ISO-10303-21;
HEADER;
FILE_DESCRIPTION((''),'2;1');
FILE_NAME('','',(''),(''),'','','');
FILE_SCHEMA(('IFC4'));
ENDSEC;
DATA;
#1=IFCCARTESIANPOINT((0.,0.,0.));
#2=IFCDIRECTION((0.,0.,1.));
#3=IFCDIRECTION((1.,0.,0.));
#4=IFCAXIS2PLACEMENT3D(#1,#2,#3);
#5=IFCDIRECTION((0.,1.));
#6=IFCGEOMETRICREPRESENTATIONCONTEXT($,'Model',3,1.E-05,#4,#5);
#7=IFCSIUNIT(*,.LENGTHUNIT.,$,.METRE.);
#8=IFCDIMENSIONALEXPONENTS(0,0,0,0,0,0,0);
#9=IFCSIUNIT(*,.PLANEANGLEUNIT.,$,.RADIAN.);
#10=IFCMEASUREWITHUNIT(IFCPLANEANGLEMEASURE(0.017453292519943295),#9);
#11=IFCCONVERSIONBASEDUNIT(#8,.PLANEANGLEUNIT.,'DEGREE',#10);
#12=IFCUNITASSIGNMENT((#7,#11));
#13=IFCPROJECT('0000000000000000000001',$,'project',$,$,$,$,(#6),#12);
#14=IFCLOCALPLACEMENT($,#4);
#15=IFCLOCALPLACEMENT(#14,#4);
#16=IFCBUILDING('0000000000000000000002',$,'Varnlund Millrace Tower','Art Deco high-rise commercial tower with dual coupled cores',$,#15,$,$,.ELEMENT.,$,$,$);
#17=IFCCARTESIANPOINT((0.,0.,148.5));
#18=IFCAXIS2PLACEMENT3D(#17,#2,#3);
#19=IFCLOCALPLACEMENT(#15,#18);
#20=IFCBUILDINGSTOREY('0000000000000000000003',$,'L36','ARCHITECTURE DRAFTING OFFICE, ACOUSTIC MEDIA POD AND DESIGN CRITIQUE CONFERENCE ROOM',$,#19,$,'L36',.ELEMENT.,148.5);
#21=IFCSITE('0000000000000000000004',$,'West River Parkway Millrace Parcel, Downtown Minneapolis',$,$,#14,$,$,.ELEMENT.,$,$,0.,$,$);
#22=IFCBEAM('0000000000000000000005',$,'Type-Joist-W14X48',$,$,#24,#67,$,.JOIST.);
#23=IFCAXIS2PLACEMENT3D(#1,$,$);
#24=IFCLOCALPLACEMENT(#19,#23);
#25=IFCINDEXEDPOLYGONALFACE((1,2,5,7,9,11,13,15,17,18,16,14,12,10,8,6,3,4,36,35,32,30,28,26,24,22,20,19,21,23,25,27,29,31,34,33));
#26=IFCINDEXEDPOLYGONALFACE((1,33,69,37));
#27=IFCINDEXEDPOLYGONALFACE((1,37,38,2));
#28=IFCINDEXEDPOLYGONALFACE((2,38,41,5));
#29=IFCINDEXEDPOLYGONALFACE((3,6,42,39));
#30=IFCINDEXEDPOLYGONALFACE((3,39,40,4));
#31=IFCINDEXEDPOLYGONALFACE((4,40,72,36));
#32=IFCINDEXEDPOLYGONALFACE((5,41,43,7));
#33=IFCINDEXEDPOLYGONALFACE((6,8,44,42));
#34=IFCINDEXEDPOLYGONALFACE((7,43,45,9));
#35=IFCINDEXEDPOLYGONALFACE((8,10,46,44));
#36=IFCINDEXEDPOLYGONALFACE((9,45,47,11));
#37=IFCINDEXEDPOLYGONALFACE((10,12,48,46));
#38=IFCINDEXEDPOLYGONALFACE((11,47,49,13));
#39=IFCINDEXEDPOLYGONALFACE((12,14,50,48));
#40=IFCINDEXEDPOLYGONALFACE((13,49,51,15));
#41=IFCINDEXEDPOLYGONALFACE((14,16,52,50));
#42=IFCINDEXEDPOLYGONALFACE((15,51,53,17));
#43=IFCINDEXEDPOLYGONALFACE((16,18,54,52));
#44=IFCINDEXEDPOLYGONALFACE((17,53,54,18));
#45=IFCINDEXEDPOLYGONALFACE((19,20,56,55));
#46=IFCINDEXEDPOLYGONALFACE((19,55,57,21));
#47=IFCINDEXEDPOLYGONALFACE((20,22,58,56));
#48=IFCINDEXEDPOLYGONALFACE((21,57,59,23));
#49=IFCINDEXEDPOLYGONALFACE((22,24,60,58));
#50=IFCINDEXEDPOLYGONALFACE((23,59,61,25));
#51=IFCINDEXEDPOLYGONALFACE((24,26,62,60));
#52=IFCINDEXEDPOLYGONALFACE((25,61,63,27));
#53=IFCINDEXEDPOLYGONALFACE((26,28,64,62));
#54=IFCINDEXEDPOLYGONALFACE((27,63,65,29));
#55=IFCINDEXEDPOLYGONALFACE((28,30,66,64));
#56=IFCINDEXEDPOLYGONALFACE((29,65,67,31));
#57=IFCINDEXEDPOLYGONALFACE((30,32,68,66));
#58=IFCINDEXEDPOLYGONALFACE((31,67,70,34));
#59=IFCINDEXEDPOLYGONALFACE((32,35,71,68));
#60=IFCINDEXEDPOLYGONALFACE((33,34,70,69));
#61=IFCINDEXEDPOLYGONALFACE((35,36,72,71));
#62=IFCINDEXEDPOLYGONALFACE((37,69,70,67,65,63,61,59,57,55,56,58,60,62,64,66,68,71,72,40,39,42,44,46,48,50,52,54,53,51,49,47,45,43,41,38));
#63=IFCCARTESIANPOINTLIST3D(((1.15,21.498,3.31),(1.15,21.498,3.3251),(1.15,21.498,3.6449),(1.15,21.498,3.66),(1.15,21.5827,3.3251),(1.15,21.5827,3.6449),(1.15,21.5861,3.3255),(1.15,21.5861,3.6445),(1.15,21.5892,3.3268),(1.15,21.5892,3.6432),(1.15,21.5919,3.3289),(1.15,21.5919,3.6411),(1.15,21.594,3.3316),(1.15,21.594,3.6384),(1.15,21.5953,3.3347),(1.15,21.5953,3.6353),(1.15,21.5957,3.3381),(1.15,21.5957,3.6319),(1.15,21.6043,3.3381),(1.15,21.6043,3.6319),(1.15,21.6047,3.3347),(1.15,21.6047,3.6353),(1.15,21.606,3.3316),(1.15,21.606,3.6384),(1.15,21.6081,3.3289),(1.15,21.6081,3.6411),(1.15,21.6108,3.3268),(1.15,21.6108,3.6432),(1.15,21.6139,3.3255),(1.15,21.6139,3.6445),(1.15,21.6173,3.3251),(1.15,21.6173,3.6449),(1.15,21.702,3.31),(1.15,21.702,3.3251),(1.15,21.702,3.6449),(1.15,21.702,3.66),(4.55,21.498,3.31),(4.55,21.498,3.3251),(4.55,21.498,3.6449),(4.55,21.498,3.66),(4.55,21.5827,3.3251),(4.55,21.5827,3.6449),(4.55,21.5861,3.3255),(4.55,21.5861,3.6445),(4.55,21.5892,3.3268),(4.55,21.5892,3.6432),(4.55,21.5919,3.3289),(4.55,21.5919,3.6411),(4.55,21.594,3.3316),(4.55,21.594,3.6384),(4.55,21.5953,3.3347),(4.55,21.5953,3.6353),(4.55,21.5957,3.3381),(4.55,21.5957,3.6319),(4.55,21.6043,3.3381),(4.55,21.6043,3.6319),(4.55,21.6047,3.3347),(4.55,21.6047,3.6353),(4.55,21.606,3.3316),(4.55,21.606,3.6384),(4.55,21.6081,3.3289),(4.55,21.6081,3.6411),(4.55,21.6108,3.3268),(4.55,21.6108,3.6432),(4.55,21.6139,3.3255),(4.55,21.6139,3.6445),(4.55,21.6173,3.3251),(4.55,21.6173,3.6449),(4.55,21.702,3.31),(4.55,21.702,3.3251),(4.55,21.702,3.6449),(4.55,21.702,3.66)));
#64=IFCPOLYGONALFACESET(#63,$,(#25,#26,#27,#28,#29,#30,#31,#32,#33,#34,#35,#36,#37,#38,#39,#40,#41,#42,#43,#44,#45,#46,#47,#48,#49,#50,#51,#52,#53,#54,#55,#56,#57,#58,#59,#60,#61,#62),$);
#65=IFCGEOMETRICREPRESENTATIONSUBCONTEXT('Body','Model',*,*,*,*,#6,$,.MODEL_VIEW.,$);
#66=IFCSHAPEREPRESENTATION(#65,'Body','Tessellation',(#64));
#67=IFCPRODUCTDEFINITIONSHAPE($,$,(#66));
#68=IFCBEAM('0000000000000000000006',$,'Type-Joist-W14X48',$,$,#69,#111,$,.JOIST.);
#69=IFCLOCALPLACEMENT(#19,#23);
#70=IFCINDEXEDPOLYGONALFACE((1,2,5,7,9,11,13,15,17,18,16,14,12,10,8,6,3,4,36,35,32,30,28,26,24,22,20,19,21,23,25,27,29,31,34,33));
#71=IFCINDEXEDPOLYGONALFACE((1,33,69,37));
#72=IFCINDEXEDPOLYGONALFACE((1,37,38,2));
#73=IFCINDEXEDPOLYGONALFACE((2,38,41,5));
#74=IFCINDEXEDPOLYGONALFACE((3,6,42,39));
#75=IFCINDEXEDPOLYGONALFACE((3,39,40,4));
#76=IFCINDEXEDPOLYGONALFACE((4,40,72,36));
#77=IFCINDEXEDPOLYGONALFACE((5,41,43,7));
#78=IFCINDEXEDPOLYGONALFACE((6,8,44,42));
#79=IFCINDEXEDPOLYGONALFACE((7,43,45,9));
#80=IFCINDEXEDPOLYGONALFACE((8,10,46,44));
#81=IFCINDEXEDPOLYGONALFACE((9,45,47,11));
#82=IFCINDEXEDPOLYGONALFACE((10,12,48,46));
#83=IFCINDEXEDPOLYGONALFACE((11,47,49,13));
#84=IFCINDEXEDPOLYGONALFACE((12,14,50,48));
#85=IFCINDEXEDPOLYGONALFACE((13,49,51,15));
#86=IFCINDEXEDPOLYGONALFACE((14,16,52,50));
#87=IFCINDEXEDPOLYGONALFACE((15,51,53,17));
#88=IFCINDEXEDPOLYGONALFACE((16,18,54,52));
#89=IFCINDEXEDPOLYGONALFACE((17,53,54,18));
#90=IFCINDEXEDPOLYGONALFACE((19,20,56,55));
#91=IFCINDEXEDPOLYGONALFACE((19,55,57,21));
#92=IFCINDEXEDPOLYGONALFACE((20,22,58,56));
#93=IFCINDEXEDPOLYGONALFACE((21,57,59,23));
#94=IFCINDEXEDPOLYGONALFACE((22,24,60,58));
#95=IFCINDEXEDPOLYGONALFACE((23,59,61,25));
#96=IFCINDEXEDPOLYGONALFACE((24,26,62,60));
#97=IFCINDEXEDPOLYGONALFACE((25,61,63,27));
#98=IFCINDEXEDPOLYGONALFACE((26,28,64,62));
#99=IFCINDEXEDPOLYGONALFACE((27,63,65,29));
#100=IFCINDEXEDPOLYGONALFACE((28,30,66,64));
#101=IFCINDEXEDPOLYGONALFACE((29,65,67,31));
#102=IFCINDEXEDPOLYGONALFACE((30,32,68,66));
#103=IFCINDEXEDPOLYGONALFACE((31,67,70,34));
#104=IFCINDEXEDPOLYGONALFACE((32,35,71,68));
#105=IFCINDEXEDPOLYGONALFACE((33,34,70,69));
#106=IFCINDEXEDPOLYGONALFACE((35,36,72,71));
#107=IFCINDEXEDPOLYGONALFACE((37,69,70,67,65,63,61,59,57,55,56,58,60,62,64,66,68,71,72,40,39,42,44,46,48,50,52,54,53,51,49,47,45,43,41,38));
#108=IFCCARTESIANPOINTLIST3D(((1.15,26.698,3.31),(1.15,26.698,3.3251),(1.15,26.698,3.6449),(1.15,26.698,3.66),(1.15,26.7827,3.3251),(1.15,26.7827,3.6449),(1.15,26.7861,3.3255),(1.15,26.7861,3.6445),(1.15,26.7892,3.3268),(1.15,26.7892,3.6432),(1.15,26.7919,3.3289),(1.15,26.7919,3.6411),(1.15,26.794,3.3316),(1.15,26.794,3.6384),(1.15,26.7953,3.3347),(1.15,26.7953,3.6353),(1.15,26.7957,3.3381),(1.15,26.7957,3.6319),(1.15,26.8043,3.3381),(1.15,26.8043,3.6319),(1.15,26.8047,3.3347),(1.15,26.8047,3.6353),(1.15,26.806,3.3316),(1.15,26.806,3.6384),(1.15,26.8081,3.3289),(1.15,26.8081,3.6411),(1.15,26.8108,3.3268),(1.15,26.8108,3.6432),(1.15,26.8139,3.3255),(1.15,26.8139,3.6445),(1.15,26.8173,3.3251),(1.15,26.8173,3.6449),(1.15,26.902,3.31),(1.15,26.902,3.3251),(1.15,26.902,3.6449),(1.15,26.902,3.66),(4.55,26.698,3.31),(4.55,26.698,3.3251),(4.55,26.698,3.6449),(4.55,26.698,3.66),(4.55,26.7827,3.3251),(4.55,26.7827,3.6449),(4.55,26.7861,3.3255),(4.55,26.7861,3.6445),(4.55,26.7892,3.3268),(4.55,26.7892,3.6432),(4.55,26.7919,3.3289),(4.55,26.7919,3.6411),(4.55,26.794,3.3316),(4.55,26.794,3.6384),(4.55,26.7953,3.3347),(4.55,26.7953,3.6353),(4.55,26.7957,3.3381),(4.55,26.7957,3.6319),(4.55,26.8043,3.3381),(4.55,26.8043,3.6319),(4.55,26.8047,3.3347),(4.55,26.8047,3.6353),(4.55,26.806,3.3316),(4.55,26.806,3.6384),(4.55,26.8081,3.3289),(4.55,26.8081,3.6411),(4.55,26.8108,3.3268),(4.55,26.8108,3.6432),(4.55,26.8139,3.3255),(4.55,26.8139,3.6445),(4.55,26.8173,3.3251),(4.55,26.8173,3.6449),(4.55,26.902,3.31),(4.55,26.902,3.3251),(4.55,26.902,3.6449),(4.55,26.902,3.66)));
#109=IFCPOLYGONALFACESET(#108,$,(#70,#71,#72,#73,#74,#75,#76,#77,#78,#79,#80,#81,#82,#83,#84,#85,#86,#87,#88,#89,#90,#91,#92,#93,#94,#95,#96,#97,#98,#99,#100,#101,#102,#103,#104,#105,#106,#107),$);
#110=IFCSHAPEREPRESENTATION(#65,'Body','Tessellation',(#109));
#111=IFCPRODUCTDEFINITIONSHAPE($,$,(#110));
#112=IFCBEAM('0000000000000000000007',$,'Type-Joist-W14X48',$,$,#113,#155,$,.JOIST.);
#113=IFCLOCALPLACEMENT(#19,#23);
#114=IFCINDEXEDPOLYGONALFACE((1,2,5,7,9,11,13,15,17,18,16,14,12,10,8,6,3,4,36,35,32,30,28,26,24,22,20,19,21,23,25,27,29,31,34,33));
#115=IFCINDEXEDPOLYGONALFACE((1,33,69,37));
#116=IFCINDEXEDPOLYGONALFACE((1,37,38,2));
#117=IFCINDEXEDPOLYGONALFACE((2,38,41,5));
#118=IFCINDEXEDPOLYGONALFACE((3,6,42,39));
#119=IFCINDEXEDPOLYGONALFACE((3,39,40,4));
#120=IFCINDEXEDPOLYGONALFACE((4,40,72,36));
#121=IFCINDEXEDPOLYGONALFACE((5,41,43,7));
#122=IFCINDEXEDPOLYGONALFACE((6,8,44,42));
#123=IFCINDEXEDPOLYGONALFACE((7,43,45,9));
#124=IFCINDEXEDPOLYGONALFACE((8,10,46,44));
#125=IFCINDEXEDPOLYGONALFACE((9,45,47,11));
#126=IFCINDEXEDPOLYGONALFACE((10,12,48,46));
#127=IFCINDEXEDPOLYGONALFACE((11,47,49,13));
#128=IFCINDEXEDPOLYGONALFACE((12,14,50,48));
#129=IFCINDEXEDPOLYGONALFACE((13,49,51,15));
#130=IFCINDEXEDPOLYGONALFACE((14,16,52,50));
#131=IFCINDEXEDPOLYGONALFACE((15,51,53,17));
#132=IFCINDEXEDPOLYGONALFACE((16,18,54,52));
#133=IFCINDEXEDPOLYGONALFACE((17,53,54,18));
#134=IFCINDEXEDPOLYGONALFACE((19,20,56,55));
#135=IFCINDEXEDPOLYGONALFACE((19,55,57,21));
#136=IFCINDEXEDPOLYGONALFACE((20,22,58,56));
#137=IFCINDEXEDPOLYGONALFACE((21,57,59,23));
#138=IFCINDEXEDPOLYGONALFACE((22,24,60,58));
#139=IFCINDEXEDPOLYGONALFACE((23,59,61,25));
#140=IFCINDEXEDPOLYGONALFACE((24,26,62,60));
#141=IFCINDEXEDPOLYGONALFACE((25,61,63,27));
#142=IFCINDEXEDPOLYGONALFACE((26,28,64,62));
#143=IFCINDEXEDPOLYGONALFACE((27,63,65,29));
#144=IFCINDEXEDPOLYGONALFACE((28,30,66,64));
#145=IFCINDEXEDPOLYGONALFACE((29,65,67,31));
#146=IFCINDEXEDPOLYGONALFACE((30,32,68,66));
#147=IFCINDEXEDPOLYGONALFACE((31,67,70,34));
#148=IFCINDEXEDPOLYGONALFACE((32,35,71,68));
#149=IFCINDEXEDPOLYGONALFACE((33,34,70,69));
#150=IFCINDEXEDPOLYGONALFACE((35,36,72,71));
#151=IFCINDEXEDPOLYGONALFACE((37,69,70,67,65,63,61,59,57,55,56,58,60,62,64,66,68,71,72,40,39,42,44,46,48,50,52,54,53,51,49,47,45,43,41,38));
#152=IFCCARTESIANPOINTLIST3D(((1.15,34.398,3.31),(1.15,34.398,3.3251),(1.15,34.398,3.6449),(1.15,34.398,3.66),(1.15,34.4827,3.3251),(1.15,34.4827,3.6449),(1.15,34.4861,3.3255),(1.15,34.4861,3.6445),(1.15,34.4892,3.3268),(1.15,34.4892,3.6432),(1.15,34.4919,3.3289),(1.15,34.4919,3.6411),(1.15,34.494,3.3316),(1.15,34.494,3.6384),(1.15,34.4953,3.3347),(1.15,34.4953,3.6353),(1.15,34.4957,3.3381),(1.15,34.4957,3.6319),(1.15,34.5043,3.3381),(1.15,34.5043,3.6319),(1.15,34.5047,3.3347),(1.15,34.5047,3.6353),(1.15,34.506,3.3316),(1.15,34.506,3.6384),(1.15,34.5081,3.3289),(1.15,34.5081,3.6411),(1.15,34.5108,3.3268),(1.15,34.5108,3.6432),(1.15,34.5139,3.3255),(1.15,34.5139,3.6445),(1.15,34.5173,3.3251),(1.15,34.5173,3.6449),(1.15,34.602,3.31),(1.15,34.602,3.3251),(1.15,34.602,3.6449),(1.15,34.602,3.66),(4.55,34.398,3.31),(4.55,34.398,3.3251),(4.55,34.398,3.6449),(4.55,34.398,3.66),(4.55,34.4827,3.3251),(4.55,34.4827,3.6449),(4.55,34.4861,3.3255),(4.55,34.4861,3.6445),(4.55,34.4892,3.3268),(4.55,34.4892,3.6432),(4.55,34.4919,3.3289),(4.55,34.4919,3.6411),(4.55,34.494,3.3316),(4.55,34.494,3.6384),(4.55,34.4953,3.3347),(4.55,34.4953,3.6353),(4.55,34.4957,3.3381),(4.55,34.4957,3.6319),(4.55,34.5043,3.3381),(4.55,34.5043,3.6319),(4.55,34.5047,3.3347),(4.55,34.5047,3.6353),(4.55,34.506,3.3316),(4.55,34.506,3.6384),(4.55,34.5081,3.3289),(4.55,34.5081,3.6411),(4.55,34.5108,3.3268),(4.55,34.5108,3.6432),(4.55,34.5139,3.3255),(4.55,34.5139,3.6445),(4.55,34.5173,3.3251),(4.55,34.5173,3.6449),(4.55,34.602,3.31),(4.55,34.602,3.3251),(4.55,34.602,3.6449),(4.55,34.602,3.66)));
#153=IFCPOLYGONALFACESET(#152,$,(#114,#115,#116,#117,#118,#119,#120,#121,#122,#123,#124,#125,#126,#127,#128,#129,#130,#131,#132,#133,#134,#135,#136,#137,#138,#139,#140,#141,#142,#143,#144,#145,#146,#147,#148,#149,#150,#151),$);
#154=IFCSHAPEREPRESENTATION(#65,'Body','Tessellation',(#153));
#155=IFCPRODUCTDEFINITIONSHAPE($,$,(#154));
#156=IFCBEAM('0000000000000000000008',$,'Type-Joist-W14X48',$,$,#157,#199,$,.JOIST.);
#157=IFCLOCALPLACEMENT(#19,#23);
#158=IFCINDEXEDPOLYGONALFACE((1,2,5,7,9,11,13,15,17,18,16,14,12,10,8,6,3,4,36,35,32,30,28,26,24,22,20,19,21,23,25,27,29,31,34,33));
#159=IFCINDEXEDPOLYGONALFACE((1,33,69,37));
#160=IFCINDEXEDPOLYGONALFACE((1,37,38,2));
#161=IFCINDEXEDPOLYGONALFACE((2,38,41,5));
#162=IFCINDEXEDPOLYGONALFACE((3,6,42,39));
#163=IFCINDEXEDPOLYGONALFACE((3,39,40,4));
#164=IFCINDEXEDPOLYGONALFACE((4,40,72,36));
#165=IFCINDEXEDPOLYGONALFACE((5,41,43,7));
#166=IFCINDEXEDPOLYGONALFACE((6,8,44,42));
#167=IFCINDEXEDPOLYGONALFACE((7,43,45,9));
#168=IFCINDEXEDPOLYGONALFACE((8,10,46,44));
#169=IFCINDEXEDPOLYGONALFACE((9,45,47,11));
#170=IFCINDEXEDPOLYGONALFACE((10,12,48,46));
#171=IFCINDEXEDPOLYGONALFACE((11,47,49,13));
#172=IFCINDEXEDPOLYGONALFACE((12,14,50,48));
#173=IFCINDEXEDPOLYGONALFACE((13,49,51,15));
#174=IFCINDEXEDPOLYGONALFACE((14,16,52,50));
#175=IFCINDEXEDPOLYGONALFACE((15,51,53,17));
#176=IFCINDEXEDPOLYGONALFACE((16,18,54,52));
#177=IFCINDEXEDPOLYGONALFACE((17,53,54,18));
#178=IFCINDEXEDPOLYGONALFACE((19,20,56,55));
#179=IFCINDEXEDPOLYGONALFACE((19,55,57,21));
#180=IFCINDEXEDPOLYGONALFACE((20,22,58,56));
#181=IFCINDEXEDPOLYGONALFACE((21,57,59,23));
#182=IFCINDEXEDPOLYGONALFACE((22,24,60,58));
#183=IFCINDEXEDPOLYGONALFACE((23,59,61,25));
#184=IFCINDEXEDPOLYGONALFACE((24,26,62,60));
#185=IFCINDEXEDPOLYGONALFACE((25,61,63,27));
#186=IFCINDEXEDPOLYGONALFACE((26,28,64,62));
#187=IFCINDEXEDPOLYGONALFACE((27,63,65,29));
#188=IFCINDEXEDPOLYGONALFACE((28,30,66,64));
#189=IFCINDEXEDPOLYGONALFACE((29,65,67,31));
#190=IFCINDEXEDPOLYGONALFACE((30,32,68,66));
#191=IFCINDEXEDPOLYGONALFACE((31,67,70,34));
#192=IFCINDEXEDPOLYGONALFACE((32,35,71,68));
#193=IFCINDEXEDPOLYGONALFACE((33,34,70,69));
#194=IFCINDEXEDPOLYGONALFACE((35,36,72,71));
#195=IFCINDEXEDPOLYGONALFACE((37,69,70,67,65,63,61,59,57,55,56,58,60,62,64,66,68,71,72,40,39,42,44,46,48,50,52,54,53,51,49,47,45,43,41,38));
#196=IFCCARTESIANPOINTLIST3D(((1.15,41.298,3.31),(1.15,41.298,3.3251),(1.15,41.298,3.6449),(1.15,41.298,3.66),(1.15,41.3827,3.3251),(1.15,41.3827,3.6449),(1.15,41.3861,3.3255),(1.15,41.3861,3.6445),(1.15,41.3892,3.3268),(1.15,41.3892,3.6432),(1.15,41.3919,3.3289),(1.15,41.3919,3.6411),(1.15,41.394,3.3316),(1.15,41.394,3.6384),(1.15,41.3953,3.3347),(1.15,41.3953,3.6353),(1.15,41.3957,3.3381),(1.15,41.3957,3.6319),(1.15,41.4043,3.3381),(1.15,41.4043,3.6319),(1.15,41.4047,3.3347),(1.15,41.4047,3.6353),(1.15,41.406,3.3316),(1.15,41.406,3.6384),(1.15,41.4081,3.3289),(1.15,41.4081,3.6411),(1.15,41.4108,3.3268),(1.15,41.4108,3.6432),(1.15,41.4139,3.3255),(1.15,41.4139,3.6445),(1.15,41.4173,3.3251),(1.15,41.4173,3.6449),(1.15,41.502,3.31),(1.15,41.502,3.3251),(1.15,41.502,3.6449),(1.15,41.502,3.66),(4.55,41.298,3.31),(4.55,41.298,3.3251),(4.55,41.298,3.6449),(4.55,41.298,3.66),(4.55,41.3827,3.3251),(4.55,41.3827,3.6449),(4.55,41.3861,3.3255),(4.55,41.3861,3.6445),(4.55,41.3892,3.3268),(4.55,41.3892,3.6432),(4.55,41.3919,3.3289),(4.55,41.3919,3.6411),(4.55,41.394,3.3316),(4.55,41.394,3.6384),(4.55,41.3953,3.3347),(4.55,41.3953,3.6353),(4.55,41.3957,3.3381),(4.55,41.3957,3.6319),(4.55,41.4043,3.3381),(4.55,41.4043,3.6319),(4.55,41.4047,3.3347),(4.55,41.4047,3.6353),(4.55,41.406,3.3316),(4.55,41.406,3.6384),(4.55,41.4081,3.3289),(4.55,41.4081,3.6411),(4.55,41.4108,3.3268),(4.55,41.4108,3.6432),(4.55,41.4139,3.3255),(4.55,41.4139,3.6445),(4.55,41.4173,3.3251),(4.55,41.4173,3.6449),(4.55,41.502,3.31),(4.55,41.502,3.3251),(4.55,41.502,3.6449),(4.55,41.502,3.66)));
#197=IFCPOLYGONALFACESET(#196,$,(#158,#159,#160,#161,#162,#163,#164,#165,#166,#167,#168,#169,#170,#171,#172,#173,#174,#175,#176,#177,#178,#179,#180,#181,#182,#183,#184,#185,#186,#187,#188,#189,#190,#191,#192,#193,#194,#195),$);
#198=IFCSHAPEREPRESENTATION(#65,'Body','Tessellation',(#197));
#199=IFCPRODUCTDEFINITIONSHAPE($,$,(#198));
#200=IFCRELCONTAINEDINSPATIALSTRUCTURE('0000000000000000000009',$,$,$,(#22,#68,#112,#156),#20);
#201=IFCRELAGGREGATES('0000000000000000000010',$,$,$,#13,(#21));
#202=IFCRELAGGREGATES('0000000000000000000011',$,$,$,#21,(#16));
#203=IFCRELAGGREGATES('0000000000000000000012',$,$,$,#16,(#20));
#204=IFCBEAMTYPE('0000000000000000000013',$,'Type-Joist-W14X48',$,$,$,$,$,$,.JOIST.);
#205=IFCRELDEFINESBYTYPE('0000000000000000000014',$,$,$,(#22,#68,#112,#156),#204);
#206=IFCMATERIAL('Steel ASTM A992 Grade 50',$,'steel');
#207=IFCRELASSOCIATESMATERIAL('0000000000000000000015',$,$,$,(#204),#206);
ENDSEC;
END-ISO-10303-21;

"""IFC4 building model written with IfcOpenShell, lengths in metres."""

from ifc_helpers import new_model, entity, si_unit, converted_unit, direction, frame, origin_with_axes, origin_2d_with_axis, place, context, subcontext, project, spatial, i_section, extrude, material, material_profile, profile_set, type_object, element, save


model = new_model("IFC4")

# Units and contexts
model_context = context("Model", 3, precision=1e-05, world=origin_with_axes(), true_north=direction((0.0, 1.0)))
body_context = subcontext(model_context, "Body", "Model", "MODEL_VIEW")
ifc_project = project(units=[si_unit("LENGTHUNIT", "METRE"), converted_unit("PLANEANGLEUNIT", "DEGREE", entity("IfcPlaneAngleMeasure", 0.017453292519943295), si_unit("PLANEANGLEUNIT", "RADIAN"), dimensions=[0, 0, 0, 0, 0, 0, 0])], contexts=[model_context])

# Site, building, storey
site_placement = place(None, origin_with_axes())
site = spatial("IfcSite", under=ifc_project, at=site_placement, Name="West River Parkway Millrace Parcel, Downtown Minneapolis", CompositionType="ELEMENT", RefElevation=0.0)
building_placement = place(site_placement, origin_with_axes())
building = spatial("IfcBuilding", under=site, at=building_placement, Name="Varnlund Millrace Tower", Description="Art Deco high-rise commercial tower with dual coupled cores", CompositionType="ELEMENT")
storey_placement = place(building_placement, frame((0.0, 0.0, 148.5), z_axis=(0.0, 0.0, 1.0), x_axis=(1.0, 0.0, 0.0)))
storey = spatial("IfcBuildingStorey", under=building, at=storey_placement, Name="L36", Description="ARCHITECTURE DRAFTING OFFICE, ACOUSTIC MEDIA POD AND DESIGN CRITIQUE CONFERENCE ROOM", LongName="L36", CompositionType="ELEMENT", Elevation=148.5)

# Beams
ifc_material_1 = material(Name="Steel ASTM A992 Grade 50", Category="steel")
ifc_material_profile_1 = material_profile(ifc_material_1, i_section(OverallWidth=0.204, OverallDepth=0.35, WebThickness=0.0086, FlangeThickness=0.0151, FilletRadius=0.013, at=origin_2d_with_axis()), Name="Steel ASTM A992 Grade 50")
ifc_profile_set_1 = profile_set([ifc_material_profile_1], Name="Steel ASTM A992 Grade 50")
beam_type_1 = type_object("IfcBeamType", Name="Type-Joist-W14X48", PredefinedType="JOIST", material=ifc_profile_set_1)
for number, where, z_axis, x_axis, name in (
    (1, (1.15, 21.6, 3.485), (1.0, 0.0, 0.0), (0.0, 1.0, 0.0), "Type-Joist-W14X48"),
    (2, (1.15, 26.8, 3.485), (1.0, 0.0, 0.0), (0.0, 1.0, 0.0), "Type-Joist-W14X48"),
    (3, (1.15, 34.5, 3.485), (1.0, 0.0, 0.0), (0.0, 1.0, 0.0), "Type-Joist-W14X48"),
    (4, (1.15, 41.4, 3.485), (1.0, 0.0, 0.0), (0.0, 1.0, 0.0), "Type-Joist-W14X48"),
):
    element("IfcBeam", number, at=place(storey_placement, frame(where, z_axis=z_axis, x_axis=x_axis)), inside=storey, type_object=beam_type_1, Name=name, PredefinedType="JOIST", context=body_context, shape_type="SweptSolid", body=[
        extrude(i_section(OverallWidth=0.204, OverallDepth=0.35, WebThickness=0.0086, FlangeThickness=0.0151, FilletRadius=0.013, at=origin_2d_with_axis()), origin_with_axes(), (0.0, 0.0, 1.0), 3.4),
    ])

save(model, "model.ifc")
